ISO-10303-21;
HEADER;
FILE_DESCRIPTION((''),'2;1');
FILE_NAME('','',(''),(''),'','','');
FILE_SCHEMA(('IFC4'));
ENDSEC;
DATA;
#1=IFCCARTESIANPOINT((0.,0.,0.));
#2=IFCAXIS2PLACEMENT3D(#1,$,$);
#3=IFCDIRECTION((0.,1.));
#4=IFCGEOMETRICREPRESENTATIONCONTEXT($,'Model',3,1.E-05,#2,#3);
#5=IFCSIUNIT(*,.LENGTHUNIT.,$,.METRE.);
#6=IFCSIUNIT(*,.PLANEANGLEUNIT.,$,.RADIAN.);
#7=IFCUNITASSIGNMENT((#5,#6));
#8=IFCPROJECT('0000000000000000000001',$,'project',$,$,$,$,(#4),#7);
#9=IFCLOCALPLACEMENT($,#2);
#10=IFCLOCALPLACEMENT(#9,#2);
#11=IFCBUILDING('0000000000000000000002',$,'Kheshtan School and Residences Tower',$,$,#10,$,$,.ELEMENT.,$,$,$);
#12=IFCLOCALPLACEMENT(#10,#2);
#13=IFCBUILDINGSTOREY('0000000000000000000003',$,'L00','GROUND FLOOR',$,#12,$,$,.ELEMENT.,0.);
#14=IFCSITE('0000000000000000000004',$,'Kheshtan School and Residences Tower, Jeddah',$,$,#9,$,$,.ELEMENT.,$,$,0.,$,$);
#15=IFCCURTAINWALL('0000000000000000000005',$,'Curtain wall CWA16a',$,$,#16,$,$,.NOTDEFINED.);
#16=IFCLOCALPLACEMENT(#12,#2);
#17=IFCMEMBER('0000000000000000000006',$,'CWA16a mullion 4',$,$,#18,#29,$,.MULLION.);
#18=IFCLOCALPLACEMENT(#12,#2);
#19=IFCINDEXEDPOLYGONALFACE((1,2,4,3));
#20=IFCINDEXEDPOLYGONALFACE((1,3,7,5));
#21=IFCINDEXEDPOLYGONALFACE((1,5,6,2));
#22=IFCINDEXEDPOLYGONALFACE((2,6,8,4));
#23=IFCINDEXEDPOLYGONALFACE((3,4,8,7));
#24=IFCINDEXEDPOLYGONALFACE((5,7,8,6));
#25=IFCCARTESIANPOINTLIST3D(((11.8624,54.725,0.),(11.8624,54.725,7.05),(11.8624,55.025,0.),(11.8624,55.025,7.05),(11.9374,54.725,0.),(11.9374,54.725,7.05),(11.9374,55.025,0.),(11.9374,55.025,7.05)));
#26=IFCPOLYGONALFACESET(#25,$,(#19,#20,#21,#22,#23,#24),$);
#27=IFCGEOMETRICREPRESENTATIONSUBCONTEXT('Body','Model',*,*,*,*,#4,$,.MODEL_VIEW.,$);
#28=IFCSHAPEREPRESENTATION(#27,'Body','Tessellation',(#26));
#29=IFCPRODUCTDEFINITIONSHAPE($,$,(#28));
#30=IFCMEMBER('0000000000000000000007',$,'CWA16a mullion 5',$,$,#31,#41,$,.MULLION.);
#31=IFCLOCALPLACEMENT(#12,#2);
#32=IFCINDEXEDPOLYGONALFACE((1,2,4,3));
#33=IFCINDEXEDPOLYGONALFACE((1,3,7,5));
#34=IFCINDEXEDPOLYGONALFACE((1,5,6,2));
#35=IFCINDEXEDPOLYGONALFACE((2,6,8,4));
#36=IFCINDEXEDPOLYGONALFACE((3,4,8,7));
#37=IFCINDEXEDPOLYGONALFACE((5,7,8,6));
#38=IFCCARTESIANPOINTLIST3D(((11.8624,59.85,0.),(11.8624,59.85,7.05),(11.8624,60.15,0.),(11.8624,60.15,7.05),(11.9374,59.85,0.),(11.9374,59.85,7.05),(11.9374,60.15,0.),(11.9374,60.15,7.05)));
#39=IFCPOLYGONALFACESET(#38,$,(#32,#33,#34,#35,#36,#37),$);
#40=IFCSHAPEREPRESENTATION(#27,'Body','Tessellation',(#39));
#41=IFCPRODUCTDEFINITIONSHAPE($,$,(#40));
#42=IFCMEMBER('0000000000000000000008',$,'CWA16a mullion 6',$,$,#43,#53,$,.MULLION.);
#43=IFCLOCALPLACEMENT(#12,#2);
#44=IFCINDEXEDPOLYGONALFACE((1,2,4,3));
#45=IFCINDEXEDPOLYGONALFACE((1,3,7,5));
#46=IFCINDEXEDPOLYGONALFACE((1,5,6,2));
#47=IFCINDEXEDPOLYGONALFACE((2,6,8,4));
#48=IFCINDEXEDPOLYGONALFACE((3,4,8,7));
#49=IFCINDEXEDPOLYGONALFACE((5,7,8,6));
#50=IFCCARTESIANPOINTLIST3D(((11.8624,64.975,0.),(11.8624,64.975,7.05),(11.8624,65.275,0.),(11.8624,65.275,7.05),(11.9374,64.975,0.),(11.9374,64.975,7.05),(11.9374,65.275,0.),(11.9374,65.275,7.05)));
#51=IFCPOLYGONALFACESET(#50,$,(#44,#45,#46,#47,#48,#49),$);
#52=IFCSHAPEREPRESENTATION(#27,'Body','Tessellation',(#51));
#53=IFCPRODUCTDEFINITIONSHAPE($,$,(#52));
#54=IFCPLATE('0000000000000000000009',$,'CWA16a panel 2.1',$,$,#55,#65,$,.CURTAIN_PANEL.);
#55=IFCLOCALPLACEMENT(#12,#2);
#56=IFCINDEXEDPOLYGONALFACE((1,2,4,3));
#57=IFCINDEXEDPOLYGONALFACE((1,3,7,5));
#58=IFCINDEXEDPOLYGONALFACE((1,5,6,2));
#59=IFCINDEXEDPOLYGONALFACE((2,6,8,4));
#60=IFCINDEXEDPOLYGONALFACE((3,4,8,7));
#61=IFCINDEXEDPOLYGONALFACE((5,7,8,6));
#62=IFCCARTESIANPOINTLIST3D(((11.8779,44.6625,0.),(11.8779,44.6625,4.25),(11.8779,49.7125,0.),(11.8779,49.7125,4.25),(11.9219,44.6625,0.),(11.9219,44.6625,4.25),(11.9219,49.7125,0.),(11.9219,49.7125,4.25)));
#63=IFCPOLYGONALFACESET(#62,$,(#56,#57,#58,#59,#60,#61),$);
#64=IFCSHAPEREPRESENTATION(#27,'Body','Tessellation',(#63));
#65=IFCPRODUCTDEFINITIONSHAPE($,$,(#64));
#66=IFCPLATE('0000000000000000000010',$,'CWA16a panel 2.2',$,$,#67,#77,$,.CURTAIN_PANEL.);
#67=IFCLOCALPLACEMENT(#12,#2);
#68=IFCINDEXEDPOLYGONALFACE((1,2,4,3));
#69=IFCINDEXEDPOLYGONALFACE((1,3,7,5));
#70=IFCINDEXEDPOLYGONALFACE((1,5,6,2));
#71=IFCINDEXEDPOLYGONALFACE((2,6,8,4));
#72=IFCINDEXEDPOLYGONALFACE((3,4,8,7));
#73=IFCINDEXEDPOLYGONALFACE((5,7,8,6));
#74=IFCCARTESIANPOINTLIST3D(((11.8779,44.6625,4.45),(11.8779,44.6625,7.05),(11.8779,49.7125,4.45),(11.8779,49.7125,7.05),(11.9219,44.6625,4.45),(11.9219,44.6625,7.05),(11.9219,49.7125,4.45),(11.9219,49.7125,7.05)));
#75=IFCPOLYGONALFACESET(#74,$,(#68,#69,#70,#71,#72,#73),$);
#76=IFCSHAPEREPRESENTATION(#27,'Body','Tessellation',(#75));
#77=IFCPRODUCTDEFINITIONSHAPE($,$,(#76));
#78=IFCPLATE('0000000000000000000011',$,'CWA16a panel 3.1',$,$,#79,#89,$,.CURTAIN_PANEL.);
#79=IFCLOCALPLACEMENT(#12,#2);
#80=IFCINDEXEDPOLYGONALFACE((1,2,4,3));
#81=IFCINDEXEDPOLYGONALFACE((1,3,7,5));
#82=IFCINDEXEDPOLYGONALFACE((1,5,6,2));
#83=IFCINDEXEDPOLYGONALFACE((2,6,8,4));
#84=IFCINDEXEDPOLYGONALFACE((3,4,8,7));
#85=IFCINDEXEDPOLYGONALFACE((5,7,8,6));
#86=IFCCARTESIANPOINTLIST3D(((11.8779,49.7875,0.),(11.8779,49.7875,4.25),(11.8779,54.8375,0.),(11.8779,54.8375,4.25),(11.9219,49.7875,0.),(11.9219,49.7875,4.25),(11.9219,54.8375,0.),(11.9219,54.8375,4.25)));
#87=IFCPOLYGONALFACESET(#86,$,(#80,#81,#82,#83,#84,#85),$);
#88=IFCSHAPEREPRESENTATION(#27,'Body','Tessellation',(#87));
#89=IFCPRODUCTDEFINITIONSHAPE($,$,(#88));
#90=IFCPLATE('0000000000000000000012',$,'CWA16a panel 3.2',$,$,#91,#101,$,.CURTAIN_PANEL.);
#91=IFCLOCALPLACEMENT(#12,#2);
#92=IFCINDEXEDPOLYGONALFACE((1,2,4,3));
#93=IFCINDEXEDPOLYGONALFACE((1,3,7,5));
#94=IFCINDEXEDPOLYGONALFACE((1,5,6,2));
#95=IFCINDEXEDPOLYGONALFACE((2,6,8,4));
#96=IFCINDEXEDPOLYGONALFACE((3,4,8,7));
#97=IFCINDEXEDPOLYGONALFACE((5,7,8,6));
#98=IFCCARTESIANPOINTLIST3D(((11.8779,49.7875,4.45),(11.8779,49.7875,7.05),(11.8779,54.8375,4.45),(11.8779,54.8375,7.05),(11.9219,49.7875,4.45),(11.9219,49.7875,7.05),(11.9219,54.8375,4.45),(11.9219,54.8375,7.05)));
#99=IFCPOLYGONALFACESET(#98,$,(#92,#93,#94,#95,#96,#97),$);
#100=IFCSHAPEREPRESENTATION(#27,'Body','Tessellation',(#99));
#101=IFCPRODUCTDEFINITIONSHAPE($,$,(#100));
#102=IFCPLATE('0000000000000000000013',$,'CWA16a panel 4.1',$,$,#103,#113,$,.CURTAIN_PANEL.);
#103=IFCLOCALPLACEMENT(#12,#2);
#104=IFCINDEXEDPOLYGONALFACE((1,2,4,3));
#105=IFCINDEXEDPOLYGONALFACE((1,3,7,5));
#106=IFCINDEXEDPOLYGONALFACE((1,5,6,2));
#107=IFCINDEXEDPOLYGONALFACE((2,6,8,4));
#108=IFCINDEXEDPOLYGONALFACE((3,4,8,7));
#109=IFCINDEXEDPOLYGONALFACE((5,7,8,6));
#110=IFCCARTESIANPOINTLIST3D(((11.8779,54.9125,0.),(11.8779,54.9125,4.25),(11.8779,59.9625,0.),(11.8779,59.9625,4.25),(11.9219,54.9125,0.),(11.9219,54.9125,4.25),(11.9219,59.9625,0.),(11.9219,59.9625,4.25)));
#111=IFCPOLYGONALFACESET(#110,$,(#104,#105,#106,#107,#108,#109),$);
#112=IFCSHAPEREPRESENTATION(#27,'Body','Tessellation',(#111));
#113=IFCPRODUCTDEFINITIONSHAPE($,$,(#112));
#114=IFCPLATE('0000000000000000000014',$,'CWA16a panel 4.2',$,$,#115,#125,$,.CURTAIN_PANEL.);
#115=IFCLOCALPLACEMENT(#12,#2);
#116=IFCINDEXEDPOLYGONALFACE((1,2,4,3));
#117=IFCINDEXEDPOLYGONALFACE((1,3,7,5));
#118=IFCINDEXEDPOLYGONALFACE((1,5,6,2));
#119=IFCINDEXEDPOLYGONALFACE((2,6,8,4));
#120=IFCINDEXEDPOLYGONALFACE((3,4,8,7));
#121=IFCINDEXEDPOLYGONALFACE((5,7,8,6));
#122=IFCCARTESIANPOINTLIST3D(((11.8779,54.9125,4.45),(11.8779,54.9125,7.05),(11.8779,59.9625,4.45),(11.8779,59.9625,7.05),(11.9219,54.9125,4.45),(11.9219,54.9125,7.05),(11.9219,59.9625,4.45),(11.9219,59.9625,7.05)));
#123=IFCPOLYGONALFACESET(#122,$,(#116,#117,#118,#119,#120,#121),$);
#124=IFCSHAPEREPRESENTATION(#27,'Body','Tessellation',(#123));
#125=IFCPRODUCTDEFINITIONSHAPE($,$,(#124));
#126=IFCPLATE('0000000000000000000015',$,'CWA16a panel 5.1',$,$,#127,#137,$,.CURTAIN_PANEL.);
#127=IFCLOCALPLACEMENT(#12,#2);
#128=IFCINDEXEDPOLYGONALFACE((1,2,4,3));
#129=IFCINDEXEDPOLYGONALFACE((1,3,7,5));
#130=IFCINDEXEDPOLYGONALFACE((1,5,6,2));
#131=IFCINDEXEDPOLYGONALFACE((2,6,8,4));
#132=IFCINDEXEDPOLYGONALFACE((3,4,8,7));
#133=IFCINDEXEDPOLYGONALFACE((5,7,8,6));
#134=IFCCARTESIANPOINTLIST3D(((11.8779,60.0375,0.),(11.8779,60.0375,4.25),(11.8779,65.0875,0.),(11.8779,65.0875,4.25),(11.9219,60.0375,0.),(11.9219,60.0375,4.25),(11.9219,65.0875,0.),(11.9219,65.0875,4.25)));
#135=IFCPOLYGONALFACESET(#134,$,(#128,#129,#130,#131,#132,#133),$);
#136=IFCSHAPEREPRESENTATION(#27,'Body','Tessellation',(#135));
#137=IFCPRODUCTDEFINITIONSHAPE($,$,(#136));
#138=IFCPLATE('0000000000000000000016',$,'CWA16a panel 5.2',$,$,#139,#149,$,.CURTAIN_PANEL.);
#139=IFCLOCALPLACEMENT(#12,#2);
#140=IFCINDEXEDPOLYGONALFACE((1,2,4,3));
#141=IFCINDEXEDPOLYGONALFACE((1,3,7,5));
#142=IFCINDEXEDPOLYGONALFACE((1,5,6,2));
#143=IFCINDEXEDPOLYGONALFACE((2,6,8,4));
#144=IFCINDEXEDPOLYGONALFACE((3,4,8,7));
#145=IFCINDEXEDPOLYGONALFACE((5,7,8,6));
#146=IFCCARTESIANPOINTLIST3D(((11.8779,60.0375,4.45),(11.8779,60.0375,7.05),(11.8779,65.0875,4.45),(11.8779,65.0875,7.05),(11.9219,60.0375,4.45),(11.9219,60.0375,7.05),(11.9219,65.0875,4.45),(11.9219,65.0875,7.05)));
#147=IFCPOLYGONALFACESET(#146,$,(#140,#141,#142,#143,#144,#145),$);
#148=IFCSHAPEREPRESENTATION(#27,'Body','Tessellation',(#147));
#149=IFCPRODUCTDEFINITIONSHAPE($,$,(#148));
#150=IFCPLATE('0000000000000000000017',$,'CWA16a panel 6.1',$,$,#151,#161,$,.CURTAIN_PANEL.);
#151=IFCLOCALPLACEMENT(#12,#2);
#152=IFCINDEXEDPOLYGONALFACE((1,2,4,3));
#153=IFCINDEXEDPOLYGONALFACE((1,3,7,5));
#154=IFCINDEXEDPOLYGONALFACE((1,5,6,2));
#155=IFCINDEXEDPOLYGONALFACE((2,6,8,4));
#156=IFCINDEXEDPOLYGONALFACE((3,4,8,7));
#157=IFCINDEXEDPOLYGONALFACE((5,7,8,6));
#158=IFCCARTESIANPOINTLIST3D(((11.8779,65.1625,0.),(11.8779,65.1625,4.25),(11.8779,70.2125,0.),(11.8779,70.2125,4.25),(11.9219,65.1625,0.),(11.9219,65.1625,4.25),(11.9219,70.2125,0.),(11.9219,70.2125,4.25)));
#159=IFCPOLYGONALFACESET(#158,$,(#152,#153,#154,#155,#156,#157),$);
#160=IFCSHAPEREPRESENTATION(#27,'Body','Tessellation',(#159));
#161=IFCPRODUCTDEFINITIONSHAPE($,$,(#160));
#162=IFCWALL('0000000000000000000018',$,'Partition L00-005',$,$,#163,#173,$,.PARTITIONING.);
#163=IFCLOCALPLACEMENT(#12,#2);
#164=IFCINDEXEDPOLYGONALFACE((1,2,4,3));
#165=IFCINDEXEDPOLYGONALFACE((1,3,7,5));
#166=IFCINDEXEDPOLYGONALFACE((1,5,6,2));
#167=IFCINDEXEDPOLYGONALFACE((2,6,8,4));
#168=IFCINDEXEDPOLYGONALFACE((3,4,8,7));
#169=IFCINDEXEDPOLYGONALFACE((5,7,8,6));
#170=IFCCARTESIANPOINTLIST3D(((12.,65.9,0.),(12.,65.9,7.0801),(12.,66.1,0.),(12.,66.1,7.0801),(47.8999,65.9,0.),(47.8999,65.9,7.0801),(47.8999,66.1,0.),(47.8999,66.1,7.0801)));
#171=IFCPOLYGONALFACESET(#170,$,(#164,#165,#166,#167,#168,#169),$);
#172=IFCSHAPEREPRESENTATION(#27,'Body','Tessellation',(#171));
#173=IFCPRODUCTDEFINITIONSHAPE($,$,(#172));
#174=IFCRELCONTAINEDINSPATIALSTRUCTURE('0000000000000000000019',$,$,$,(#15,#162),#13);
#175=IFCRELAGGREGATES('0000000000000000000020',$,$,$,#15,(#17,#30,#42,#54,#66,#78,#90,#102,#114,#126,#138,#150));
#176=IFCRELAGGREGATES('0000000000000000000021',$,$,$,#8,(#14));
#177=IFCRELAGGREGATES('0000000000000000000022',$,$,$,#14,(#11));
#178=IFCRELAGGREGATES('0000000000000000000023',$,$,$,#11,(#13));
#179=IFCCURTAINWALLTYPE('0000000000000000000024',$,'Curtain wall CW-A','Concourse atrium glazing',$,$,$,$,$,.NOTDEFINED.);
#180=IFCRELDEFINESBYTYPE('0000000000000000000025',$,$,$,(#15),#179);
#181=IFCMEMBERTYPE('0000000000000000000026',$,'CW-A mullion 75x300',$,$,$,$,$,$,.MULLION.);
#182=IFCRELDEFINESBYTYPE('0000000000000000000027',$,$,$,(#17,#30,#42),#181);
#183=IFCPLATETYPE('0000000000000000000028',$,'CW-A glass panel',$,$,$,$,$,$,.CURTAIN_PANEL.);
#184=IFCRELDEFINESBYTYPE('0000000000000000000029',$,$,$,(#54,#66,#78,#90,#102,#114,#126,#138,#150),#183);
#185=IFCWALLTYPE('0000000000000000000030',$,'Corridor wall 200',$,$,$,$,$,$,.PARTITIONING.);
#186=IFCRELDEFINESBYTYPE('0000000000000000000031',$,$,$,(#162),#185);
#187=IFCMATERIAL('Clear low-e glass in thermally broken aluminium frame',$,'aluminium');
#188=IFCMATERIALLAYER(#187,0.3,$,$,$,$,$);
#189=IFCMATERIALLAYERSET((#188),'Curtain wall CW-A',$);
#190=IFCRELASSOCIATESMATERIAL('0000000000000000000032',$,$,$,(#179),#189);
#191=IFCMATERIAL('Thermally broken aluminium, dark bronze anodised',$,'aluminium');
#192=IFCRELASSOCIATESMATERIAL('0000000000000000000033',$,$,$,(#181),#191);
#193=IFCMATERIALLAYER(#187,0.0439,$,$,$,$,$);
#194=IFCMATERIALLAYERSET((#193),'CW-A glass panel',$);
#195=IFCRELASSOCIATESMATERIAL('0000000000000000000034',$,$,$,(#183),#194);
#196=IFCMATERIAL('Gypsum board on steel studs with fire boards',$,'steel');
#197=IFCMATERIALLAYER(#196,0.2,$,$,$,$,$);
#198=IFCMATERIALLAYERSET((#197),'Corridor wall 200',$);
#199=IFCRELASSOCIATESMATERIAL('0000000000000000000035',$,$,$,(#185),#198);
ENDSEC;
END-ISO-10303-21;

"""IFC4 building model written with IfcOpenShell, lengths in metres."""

from ifc_helpers import new_model, si_unit, direction, frame, frame_2d, origin, origin_2d, place, context, subcontext, project, spatial, rectangle, extrude, material, layer, layer_set, material_profile, profile_set, type_object, element, aggregate, save


model = new_model("IFC4")

# Units and contexts
model_context = context("Model", 3, precision=1e-05, world=origin(), true_north=direction((0.0, 1.0)))
body_context = subcontext(model_context, "Body", "Model", "MODEL_VIEW")
ifc_project = project(units=[si_unit("LENGTHUNIT", "METRE"), si_unit("PLANEANGLEUNIT", "RADIAN")], contexts=[model_context])

# Site, building, storey
site_placement = place(None, origin())
site = spatial("IfcSite", under=ifc_project, at=site_placement, Name="Kheshtan School and Residences Tower, Jeddah", CompositionType="ELEMENT", RefElevation=0.0)
building_placement = place(site_placement, origin())
building = spatial("IfcBuilding", under=site, at=building_placement, Name="Kheshtan School and Residences Tower", CompositionType="ELEMENT")
storey_placement = place(building_placement, origin())
storey = spatial("IfcBuildingStorey", under=building, at=storey_placement, Name="L00", Description="GROUND FLOOR", CompositionType="ELEMENT", Elevation=0.0)

# Curtain wall, members, plates
ifc_material_1 = material(Name="Clear low-e glass in thermally broken aluminium frame", Category="aluminium")
ifc_layer_1 = layer(ifc_material_1, 0.3)
ifc_layer_set_1 = layer_set([ifc_layer_1], Name="Curtain wall CW-A")
curtain_wall_type = type_object("IfcCurtainWallType", Name="Curtain wall CW-A", Description="Concourse atrium glazing", PredefinedType="NOTDEFINED", material=ifc_layer_set_1)
curtain_wall_placement = place(storey_placement, origin())
curtain_wall = element("IfcCurtainWall", 1, at=curtain_wall_placement, inside=storey, type_object=curtain_wall_type, Name="Curtain wall CWA16a", PredefinedType="NOTDEFINED")
ifc_material_2 = material(Name="Thermally broken aluminium, dark bronze anodised", Category="aluminium")
ifc_material_profile_1 = material_profile(ifc_material_2, rectangle(XDim=0.075, YDim=0.3, at=origin_2d()), Name="CW-A mullion 75x300")
ifc_profile_set_1 = profile_set([ifc_material_profile_1], Name="Thermally broken aluminium, dark bronze anodised")
member_type = type_object("IfcMemberType", Name="CW-A mullion 75x300", PredefinedType="MULLION", material=ifc_profile_set_1)
member_1_placement = place(storey_placement, frame((11.8999, 54.875, 0.0), z_axis=(0.0, 0.0, 1.0), x_axis=(-1.0, 0.0, 0.0)))
member_1 = element("IfcMember", 2, at=member_1_placement, type_object=member_type, Name="CWA16a mullion 4", PredefinedType="MULLION", context=body_context, shape_type="SweptSolid", body=[
    extrude(rectangle(XDim=0.075, YDim=0.3, at=origin_2d()), origin(), (0.0, 0.0, 1.0), 7.05),
])
member_2_placement = place(storey_placement, frame((11.8999, 60.0, 0.0), z_axis=(0.0, 0.0, 1.0), x_axis=(-1.0, 0.0, 0.0)))
member_2 = element("IfcMember", 3, at=member_2_placement, type_object=member_type, Name="CWA16a mullion 5", PredefinedType="MULLION", context=body_context, shape_type="SweptSolid", body=[
    extrude(rectangle(XDim=0.075, YDim=0.3, at=origin_2d()), origin(), (0.0, 0.0, 1.0), 7.05),
])
member_3_placement = place(storey_placement, frame((11.8999, 65.125, 0.0), z_axis=(0.0, 0.0, 1.0), x_axis=(-1.0, 0.0, 0.0)))
member_3 = element("IfcMember", 4, at=member_3_placement, type_object=member_type, Name="CWA16a mullion 6", PredefinedType="MULLION", context=body_context, shape_type="SweptSolid", body=[
    extrude(rectangle(XDim=0.075, YDim=0.3, at=origin_2d()), origin(), (0.0, 0.0, 1.0), 7.05),
])
ifc_layer_2 = layer(ifc_material_1, 0.0439)
ifc_layer_set_2 = layer_set([ifc_layer_2], Name="CW-A glass panel")
plate_type = type_object("IfcPlateType", Name="CW-A glass panel", PredefinedType="CURTAIN_PANEL", material=ifc_layer_set_2)
plate_1_placement = place(storey_placement, frame((11.8999, 47.1875, 0.0), z_axis=(0.0, 0.0, 1.0), x_axis=(0.0, 1.0, 0.0)))
plate_1 = element("IfcPlate", 5, at=plate_1_placement, type_object=plate_type, Name="CWA16a panel 2.1", PredefinedType="CURTAIN_PANEL", context=body_context, shape_type="SweptSolid", body=[
    extrude(rectangle(XDim=5.05, YDim=0.0439, at=origin_2d()), origin(), (0.0, 0.0, 1.0), 4.25),
])
plate_2_placement = place(storey_placement, frame((11.8999, 47.1875, 4.45), z_axis=(0.0, 0.0, 1.0), x_axis=(0.0, 1.0, 0.0)))
plate_2 = element("IfcPlate", 6, at=plate_2_placement, type_object=plate_type, Name="CWA16a panel 2.2", PredefinedType="CURTAIN_PANEL", context=body_context, shape_type="SweptSolid", body=[
    extrude(rectangle(XDim=5.05, YDim=0.0439, at=origin_2d()), origin(), (0.0, 0.0, 1.0), 2.6001),
])
plate_3_placement = place(storey_placement, frame((11.8999, 52.3125, 0.0), z_axis=(0.0, 0.0, 1.0), x_axis=(0.0, 1.0, 0.0)))
plate_3 = element("IfcPlate", 7, at=plate_3_placement, type_object=plate_type, Name="CWA16a panel 3.1", PredefinedType="CURTAIN_PANEL", context=body_context, shape_type="SweptSolid", body=[
    extrude(rectangle(XDim=5.05, YDim=0.0439, at=origin_2d()), origin(), (0.0, 0.0, 1.0), 4.25),
])
plate_4_placement = place(storey_placement, frame((11.8999, 52.3125, 4.45), z_axis=(0.0, 0.0, 1.0), x_axis=(0.0, 1.0, 0.0)))
plate_4 = element("IfcPlate", 8, at=plate_4_placement, type_object=plate_type, Name="CWA16a panel 3.2", PredefinedType="CURTAIN_PANEL", context=body_context, shape_type="SweptSolid", body=[
    extrude(rectangle(XDim=5.05, YDim=0.0439, at=origin_2d()), origin(), (0.0, 0.0, 1.0), 2.6001),
])
plate_5_placement = place(storey_placement, frame((11.8999, 57.4375, 0.0), z_axis=(0.0, 0.0, 1.0), x_axis=(0.0, 1.0, 0.0)))
plate_5 = element("IfcPlate", 9, at=plate_5_placement, type_object=plate_type, Name="CWA16a panel 4.1", PredefinedType="CURTAIN_PANEL", context=body_context, shape_type="SweptSolid", body=[
    extrude(rectangle(XDim=5.05, YDim=0.0439, at=origin_2d()), origin(), (0.0, 0.0, 1.0), 4.25),
])
plate_6_placement = place(storey_placement, frame((11.8999, 57.4375, 4.45), z_axis=(0.0, 0.0, 1.0), x_axis=(0.0, 1.0, 0.0)))
plate_6 = element("IfcPlate", 10, at=plate_6_placement, type_object=plate_type, Name="CWA16a panel 4.2", PredefinedType="CURTAIN_PANEL", context=body_context, shape_type="SweptSolid", body=[
    extrude(rectangle(XDim=5.05, YDim=0.0439, at=origin_2d()), origin(), (0.0, 0.0, 1.0), 2.6001),
])
plate_7_placement = place(storey_placement, frame((11.8999, 62.5625, 0.0), z_axis=(0.0, 0.0, 1.0), x_axis=(0.0, 1.0, 0.0)))
plate_7 = element("IfcPlate", 11, at=plate_7_placement, type_object=plate_type, Name="CWA16a panel 5.1", PredefinedType="CURTAIN_PANEL", context=body_context, shape_type="SweptSolid", body=[
    extrude(rectangle(XDim=5.05, YDim=0.0439, at=origin_2d()), origin(), (0.0, 0.0, 1.0), 4.25),
])
plate_8_placement = place(storey_placement, frame((11.8999, 62.5625, 4.45), z_axis=(0.0, 0.0, 1.0), x_axis=(0.0, 1.0, 0.0)))
plate_8 = element("IfcPlate", 12, at=plate_8_placement, type_object=plate_type, Name="CWA16a panel 5.2", PredefinedType="CURTAIN_PANEL", context=body_context, shape_type="SweptSolid", body=[
    extrude(rectangle(XDim=5.05, YDim=0.0439, at=origin_2d()), origin(), (0.0, 0.0, 1.0), 2.6001),
])
plate_9_placement = place(storey_placement, frame((11.8999, 67.6875, 0.0), z_axis=(0.0, 0.0, 1.0), x_axis=(0.0, 1.0, 0.0)))
plate_9 = element("IfcPlate", 13, at=plate_9_placement, type_object=plate_type, Name="CWA16a panel 6.1", PredefinedType="CURTAIN_PANEL", context=body_context, shape_type="SweptSolid", body=[
    extrude(rectangle(XDim=5.05, YDim=0.0439, at=origin_2d()), origin(), (0.0, 0.0, 1.0), 4.25),
])
aggregate(curtain_wall, [member_1, member_2, member_3, plate_1, plate_2, plate_3, plate_4, plate_5, plate_6, plate_7, plate_8, plate_9])

# Wall
ifc_material_3 = material(Name="Gypsum board on steel studs with fire boards", Category="steel")
ifc_layer_3 = layer(ifc_material_3, 0.2)
ifc_layer_set_3 = layer_set([ifc_layer_3], Name="Corridor wall 200")
wall_type = type_object("IfcWallType", Name="Corridor wall 200", PredefinedType="PARTITIONING", material=ifc_layer_set_3)
wall_placement = place(storey_placement, frame((12.0, 66.0, 0.0), z_axis=(0.0, 0.0, 1.0), x_axis=(1.0, 0.0, 0.0)))
element("IfcWall", 14, at=wall_placement, inside=storey, type_object=wall_type, Name="Partition L00-005", PredefinedType="PARTITIONING", context=body_context, shape_type="SweptSolid", body=[
    extrude(rectangle(XDim=35.8999, YDim=0.2, at=frame_2d((17.95, 0.0))), origin(), (0.0, 0.0, 1.0), 7.0801),
])

save(model, "model.ifc")
